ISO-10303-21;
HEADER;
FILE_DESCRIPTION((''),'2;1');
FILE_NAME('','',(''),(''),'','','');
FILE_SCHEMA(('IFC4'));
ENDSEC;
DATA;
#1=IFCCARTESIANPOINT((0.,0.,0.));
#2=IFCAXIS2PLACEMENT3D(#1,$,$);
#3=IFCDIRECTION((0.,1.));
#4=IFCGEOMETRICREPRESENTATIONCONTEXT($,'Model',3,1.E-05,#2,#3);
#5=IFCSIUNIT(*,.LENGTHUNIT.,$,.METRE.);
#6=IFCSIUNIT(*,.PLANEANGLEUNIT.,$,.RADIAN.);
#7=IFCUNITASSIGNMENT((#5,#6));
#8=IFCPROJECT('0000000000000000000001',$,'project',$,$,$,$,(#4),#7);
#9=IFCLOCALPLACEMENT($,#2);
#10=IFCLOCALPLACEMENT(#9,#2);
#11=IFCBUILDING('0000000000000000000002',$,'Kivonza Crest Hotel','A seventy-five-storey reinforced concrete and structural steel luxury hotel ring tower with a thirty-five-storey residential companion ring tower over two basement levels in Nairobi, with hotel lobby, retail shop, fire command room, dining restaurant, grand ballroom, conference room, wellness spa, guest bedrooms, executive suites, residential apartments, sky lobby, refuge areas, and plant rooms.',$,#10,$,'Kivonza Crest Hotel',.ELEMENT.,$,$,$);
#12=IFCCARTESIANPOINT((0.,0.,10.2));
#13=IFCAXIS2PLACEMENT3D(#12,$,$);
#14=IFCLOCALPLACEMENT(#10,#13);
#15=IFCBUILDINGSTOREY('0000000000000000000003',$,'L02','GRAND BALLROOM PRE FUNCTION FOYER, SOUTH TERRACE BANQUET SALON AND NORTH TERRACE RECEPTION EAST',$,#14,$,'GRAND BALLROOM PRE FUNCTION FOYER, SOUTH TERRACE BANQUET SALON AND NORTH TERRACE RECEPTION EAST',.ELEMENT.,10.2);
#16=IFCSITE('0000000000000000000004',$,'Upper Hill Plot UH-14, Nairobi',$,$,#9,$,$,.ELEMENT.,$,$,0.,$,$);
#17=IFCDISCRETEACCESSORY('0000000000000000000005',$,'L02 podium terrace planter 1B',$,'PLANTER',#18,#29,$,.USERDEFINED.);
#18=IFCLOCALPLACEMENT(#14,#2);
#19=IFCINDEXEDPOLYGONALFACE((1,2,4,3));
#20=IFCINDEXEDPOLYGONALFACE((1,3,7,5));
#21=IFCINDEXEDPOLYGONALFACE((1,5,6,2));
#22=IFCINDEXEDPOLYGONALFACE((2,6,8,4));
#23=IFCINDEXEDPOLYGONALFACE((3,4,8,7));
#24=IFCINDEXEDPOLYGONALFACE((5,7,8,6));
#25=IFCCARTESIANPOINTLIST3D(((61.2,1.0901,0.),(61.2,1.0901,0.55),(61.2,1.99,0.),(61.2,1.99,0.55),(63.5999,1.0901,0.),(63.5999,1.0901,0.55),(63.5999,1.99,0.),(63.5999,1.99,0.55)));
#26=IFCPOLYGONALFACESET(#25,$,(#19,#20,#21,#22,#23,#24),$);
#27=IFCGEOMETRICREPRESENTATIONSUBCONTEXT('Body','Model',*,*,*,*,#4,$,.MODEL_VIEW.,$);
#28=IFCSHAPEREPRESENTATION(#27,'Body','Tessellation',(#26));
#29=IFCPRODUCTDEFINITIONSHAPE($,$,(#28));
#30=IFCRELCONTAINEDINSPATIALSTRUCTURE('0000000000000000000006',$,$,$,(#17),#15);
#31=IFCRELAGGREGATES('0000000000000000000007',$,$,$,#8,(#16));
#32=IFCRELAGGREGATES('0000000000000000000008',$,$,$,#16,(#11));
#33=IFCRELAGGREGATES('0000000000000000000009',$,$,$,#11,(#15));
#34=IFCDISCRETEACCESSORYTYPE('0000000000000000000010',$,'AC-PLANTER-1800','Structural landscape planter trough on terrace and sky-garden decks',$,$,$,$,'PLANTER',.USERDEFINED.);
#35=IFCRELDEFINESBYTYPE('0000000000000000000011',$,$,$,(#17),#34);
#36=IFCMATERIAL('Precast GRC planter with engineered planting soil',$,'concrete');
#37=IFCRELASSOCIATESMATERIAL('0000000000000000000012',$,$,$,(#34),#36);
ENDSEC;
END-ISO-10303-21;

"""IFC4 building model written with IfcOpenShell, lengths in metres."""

from ifc_helpers import new_model, si_unit, direction, frame, origin, origin_2d, place, context, subcontext, project, spatial, rectangle, extrude, material, type_object, element, save


model = new_model("IFC4")

# Units and contexts
model_context = context("Model", 3, precision=1e-05, world=origin(), true_north=direction((0.0, 1.0)))
body_context = subcontext(model_context, "Body", "Model", "MODEL_VIEW")
ifc_project = project(units=[si_unit("LENGTHUNIT", "METRE"), si_unit("PLANEANGLEUNIT", "RADIAN")], contexts=[model_context])

# Site, building, storey
site_placement = place(None, origin())
site = spatial("IfcSite", under=ifc_project, at=site_placement, Name="Upper Hill Plot UH-14, Nairobi", CompositionType="ELEMENT", RefElevation=0.0)
building_placement = place(site_placement, origin())
building = spatial("IfcBuilding", under=site, at=building_placement, Name="Kivonza Crest Hotel", Description="A seventy-five-storey reinforced concrete and structural steel luxury hotel ring tower with a thirty-five-storey residential companion ring tower over two basement levels in Nairobi, with hotel lobby, retail shop, fire command room, dining restaurant, grand ballroom, conference room, wellness spa, guest bedrooms, executive suites, residential apartments, sky lobby, refuge areas, and plant rooms.", LongName="Kivonza Crest Hotel", CompositionType="ELEMENT")
storey_placement = place(building_placement, frame((0.0, 0.0, 10.2)))
storey = spatial("IfcBuildingStorey", under=building, at=storey_placement, Name="L02", Description="GRAND BALLROOM PRE FUNCTION FOYER, SOUTH TERRACE BANQUET SALON AND NORTH TERRACE RECEPTION EAST", LongName="GRAND BALLROOM PRE FUNCTION FOYER, SOUTH TERRACE BANQUET SALON AND NORTH TERRACE RECEPTION EAST", CompositionType="ELEMENT", Elevation=10.2)

# Discrete accessory
ifc_material_1 = material(Name="Precast GRC planter with engineered planting soil", Category="concrete")
discrete_accessory_type_1 = type_object("IfcDiscreteAccessoryType", Name="AC-PLANTER-1800", Description="Structural landscape planter trough on terrace and sky-garden decks", ElementType="PLANTER", PredefinedType="USERDEFINED", material=ifc_material_1)
discrete_accessory_1_placement = place(storey_placement, frame((62.3999, 1.54, 0.0), z_axis=(0.0, 0.0, 1.0), x_axis=(1.0, 0.0, 0.0)))
element("IfcDiscreteAccessory", 1, at=discrete_accessory_1_placement, inside=storey, type_object=discrete_accessory_type_1, Name="L02 podium terrace planter 1B", ObjectType="PLANTER", PredefinedType="USERDEFINED", context=body_context, shape_type="SweptSolid", body=[
    extrude(rectangle(XDim=2.3999, YDim=0.8999, at=origin_2d()), origin(), (0.0, 0.0, 1.0), 0.55),
])

save(model, "model.ifc")
